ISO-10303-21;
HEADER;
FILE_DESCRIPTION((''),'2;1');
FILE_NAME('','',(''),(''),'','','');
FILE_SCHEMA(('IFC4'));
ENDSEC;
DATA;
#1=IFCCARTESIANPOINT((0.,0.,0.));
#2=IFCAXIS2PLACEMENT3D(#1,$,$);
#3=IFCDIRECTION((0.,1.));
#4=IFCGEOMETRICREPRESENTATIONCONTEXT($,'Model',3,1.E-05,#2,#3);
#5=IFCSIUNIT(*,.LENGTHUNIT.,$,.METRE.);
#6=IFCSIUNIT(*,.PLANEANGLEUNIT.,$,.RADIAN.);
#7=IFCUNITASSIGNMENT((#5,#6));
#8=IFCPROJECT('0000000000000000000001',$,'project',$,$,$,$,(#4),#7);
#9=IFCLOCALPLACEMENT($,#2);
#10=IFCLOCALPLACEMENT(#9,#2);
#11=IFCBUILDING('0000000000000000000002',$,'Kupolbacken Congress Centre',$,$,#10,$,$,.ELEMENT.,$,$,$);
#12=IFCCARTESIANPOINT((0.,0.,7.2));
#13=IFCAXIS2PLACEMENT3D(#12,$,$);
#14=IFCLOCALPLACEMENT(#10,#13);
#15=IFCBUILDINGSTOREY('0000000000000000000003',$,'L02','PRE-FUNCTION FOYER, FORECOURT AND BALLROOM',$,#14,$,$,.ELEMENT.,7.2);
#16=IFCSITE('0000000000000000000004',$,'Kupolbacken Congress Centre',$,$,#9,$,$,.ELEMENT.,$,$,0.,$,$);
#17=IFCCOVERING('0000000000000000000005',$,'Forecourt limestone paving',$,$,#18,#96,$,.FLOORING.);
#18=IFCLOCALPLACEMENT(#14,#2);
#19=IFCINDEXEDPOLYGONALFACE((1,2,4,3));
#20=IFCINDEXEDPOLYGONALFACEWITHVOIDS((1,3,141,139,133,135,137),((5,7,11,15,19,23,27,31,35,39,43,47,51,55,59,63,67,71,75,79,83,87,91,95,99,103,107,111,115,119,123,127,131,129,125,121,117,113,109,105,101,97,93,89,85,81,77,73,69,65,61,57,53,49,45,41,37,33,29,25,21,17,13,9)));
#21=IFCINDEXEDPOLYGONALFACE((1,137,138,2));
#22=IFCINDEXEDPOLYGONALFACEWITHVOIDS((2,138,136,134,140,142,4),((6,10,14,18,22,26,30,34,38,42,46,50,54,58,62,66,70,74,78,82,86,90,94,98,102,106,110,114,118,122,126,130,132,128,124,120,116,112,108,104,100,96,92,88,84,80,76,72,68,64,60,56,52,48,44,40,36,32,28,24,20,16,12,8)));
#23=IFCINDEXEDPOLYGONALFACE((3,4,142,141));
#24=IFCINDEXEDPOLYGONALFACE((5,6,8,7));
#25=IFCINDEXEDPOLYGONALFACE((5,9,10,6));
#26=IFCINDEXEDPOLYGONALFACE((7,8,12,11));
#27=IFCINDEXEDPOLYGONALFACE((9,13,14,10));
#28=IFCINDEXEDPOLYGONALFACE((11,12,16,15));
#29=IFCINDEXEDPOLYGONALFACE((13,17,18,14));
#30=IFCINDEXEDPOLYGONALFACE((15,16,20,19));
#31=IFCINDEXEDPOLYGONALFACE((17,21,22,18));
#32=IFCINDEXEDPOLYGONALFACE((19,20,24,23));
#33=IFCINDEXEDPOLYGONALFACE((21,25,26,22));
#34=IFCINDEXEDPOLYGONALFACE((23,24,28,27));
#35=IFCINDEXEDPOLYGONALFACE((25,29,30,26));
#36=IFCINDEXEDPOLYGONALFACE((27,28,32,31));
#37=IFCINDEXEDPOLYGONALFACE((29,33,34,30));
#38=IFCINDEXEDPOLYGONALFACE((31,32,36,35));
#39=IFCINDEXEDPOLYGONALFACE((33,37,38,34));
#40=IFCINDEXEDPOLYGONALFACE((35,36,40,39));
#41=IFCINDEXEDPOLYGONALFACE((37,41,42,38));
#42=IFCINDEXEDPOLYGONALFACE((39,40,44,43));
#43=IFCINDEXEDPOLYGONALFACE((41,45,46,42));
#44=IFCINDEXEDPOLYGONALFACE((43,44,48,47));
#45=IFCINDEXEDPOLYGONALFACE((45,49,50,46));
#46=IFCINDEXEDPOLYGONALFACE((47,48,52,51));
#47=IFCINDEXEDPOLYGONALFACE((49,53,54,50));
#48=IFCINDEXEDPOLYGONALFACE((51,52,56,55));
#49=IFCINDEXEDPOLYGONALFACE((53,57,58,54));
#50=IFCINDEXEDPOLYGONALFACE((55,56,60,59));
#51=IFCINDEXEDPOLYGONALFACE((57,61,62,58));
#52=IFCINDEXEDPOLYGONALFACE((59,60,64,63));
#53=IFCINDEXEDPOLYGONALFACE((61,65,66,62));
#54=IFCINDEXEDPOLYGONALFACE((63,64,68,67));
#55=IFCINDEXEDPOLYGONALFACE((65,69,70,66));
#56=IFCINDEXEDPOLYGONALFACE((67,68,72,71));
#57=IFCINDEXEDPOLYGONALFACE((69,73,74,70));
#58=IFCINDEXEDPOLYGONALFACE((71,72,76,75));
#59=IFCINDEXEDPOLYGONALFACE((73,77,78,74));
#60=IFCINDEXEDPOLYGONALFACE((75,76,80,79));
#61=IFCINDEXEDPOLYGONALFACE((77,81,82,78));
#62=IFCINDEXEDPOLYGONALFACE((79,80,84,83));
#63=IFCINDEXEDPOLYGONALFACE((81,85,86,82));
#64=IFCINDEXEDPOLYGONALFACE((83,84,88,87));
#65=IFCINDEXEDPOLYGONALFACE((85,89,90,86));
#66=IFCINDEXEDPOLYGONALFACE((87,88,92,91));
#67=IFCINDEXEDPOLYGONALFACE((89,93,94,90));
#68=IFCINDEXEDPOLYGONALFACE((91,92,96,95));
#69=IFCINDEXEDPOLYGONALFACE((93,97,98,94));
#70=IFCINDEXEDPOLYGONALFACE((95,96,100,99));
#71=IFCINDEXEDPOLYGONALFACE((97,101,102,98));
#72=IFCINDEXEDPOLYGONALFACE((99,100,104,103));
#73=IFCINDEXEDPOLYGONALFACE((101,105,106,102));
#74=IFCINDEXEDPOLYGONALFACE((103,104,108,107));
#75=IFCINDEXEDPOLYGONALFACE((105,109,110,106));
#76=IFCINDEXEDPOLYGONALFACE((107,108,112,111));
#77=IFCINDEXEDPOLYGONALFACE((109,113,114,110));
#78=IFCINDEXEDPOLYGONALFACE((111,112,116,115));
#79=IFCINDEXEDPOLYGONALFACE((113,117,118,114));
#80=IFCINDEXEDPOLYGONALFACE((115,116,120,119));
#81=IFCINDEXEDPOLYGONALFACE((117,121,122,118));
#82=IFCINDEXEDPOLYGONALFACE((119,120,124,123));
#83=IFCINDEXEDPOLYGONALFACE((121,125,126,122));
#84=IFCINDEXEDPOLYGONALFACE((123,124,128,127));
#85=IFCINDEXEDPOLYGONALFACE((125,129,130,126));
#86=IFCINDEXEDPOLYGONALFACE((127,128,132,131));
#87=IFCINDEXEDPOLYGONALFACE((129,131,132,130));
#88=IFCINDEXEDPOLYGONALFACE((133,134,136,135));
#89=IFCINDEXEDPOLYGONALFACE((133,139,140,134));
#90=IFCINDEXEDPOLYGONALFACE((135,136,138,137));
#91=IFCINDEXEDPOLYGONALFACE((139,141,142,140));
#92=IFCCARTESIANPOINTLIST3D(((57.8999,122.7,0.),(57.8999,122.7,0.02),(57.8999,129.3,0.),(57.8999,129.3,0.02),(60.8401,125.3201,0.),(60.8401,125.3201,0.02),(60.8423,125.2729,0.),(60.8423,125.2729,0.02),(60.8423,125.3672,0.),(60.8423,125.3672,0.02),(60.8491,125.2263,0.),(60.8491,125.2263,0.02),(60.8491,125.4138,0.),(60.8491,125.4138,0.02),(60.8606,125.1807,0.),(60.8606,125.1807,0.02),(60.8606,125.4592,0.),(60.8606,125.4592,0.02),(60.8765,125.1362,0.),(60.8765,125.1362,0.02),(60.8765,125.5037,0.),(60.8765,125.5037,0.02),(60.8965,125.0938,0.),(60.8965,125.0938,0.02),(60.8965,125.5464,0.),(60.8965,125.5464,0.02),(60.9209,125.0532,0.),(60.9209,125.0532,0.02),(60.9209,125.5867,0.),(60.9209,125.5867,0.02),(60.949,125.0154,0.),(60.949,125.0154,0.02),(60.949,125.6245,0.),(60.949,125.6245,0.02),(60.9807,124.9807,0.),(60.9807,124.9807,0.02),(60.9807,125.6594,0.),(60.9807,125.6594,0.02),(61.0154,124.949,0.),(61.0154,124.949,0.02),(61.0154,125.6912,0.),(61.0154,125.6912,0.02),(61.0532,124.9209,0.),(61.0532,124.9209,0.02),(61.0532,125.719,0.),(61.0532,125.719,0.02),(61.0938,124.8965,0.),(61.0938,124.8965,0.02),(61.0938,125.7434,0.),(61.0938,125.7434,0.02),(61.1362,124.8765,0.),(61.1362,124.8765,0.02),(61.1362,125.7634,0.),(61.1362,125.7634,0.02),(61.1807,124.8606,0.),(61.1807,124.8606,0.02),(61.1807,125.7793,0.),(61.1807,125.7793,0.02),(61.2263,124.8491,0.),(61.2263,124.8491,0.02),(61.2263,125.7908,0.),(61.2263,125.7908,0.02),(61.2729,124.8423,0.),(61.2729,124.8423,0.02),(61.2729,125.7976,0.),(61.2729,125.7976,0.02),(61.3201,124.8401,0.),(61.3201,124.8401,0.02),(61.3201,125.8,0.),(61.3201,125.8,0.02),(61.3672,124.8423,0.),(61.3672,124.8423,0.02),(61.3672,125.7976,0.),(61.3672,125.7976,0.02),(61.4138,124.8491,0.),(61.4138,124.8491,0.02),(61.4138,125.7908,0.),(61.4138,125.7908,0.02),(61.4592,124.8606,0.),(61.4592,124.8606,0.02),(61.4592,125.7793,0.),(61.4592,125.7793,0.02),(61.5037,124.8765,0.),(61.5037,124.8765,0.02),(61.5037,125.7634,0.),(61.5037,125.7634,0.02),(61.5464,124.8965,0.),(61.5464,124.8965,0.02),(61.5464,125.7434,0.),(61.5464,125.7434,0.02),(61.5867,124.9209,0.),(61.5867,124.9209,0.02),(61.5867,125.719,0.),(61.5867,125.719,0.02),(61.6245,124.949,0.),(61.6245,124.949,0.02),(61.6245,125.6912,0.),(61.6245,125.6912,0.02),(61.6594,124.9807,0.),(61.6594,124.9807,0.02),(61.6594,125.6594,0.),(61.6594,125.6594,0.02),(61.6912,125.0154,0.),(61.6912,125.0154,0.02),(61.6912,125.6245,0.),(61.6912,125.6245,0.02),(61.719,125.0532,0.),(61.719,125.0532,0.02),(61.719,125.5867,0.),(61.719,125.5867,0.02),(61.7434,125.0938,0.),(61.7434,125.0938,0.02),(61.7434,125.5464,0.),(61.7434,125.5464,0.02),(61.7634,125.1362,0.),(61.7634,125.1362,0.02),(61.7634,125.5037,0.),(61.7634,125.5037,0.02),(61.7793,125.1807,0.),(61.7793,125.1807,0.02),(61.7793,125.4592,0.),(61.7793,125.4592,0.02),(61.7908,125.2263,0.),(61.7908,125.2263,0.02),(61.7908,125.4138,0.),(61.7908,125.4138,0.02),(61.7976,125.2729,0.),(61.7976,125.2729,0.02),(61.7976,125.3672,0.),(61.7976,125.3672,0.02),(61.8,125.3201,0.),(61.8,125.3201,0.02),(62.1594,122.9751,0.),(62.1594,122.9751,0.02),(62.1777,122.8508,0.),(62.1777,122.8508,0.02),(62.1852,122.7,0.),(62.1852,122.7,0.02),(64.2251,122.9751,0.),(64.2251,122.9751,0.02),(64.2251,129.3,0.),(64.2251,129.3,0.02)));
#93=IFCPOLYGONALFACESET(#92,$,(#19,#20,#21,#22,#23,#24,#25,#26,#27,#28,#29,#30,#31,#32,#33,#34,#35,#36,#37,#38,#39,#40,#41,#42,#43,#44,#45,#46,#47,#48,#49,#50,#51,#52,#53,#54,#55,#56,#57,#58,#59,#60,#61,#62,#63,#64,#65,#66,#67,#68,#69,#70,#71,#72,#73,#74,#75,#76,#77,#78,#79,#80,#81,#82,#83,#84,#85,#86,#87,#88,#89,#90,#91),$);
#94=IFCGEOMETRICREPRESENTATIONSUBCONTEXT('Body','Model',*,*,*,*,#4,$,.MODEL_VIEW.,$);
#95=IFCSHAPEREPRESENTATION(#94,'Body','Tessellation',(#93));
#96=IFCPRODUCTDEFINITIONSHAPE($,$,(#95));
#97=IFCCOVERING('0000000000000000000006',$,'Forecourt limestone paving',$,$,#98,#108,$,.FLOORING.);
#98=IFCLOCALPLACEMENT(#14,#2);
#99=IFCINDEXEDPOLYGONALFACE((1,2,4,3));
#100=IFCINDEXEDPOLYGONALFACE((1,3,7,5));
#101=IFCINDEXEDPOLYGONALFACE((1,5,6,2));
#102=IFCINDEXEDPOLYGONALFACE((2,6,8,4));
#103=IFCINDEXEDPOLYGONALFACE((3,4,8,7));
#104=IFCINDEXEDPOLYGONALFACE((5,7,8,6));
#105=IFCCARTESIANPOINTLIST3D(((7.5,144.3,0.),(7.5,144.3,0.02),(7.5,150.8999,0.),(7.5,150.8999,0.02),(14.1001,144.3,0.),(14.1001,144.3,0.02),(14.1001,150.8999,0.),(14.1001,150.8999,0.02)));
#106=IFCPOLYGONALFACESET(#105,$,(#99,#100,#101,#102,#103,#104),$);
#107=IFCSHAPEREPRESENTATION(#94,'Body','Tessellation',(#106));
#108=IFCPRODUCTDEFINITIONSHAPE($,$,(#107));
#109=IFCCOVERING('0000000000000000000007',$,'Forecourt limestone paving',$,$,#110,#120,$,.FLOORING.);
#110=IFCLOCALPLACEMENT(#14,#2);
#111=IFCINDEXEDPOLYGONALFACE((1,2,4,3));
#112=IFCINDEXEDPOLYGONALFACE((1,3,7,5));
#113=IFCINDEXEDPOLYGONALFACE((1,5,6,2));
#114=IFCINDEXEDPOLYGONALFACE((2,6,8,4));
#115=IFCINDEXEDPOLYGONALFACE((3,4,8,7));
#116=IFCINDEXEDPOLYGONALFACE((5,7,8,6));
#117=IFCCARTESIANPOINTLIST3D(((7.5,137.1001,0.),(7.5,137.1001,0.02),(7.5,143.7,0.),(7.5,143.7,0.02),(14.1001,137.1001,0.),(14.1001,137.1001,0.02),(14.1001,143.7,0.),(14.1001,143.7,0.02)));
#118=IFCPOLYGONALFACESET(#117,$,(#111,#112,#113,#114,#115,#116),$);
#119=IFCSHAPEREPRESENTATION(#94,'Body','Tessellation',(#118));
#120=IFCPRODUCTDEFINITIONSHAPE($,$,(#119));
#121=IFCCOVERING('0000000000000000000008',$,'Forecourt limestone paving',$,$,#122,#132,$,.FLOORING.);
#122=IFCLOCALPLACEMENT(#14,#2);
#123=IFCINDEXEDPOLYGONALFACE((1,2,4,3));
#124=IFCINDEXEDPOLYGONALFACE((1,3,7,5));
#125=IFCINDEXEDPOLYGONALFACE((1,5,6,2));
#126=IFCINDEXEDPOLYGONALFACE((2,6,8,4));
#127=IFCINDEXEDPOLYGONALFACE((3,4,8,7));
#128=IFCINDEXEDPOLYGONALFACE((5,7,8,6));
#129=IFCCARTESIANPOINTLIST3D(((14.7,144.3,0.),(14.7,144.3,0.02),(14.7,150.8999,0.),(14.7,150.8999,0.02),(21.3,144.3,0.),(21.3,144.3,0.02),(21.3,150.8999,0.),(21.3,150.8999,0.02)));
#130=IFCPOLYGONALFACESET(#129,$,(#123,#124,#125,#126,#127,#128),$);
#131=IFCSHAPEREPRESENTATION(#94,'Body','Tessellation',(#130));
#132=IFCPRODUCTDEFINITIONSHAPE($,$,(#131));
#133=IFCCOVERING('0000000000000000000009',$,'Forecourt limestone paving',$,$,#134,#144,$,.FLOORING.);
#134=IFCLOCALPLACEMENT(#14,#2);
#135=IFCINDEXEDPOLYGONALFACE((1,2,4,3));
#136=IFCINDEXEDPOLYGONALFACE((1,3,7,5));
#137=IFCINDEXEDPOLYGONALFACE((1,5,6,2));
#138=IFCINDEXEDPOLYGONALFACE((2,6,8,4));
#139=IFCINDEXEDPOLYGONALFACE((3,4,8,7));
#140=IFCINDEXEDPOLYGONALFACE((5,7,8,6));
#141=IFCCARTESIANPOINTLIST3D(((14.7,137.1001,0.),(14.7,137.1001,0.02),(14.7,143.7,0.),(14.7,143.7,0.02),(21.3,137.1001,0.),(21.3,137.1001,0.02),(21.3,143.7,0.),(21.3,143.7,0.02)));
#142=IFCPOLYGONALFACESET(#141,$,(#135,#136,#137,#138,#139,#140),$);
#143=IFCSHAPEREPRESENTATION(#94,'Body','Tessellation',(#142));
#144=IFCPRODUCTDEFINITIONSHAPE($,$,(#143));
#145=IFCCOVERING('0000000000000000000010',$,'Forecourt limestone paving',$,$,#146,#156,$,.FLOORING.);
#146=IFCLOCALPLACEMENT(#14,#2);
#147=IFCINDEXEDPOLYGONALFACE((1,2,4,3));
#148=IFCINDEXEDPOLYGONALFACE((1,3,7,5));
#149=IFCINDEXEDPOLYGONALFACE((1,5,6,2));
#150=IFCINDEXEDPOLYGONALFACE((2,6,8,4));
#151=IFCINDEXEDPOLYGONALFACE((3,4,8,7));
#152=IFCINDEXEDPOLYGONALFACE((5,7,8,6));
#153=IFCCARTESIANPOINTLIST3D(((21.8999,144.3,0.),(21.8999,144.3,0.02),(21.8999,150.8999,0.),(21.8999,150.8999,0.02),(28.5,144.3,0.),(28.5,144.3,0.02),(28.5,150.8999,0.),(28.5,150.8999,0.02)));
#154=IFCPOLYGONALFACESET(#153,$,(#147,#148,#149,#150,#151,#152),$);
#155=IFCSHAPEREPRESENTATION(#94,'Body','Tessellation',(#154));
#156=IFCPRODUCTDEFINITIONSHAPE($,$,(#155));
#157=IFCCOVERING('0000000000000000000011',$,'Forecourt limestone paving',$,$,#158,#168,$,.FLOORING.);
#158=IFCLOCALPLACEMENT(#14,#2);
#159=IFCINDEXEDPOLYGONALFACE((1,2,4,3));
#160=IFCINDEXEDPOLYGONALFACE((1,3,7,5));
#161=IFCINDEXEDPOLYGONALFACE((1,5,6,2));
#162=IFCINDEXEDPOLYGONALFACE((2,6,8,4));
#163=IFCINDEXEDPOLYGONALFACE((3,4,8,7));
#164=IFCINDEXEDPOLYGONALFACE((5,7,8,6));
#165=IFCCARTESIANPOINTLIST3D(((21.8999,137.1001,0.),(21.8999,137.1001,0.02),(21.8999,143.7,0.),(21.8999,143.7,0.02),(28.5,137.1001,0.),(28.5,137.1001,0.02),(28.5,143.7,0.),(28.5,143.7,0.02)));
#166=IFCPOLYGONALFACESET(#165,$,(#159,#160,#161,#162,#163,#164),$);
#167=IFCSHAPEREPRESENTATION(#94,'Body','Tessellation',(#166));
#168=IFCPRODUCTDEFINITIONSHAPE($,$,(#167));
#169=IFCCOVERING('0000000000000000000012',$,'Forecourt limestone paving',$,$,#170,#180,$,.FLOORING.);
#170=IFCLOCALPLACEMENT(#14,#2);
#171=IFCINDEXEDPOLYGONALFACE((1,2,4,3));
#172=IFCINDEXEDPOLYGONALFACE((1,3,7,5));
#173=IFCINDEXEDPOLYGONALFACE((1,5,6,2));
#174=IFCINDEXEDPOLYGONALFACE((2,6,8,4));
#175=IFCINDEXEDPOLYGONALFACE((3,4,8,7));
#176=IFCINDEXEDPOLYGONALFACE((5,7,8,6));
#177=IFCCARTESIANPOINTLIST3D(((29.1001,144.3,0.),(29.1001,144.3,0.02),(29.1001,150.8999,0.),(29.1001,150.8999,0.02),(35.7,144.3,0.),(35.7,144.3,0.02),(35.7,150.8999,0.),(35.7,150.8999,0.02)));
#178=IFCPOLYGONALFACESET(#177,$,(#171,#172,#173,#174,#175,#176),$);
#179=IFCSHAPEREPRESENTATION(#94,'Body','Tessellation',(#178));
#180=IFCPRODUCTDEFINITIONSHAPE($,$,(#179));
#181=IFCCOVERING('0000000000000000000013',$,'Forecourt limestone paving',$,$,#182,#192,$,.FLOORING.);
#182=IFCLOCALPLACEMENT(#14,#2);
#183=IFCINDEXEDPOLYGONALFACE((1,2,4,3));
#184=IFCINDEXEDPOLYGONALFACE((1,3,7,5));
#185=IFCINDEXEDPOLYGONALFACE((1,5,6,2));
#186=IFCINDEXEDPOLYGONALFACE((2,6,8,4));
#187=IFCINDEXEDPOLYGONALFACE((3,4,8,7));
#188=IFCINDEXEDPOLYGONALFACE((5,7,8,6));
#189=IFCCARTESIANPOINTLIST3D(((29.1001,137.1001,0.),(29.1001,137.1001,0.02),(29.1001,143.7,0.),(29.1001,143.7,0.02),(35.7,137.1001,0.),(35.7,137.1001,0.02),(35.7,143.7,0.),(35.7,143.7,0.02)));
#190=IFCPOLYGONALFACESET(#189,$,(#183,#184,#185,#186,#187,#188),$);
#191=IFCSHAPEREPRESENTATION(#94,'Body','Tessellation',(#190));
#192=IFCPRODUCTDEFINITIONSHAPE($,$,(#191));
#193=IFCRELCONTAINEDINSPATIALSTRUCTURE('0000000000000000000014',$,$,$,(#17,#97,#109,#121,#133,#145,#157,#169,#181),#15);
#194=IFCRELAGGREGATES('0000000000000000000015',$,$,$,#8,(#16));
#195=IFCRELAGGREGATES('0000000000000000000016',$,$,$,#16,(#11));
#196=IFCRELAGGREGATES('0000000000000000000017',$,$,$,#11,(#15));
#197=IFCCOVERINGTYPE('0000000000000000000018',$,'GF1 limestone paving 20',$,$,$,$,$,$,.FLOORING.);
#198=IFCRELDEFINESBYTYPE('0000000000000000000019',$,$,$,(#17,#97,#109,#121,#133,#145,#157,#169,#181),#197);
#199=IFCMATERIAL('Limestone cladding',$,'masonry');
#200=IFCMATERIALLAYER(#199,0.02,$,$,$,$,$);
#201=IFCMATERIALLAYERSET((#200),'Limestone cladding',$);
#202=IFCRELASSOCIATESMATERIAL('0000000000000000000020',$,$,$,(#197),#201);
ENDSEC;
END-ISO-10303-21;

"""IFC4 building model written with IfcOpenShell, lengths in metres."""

from ifc_helpers import new_model, si_unit, direction, frame, origin, place, context, subcontext, project, spatial, polyline, outline, extrude, material, layer, layer_set, type_object, element, save


model = new_model("IFC4")

# Units and contexts
model_context = context("Model", 3, precision=1e-05, world=origin(), true_north=direction((0.0, 1.0)))
body_context = subcontext(model_context, "Body", "Model", "MODEL_VIEW")
ifc_project = project(units=[si_unit("LENGTHUNIT", "METRE"), si_unit("PLANEANGLEUNIT", "RADIAN")], contexts=[model_context])

# Site, building, storey
site_placement = place(None, origin())
site = spatial("IfcSite", under=ifc_project, at=site_placement, Name="Kupolbacken Congress Centre", CompositionType="ELEMENT", RefElevation=0.0)
building_placement = place(site_placement, origin())
building = spatial("IfcBuilding", under=site, at=building_placement, Name="Kupolbacken Congress Centre", CompositionType="ELEMENT")
storey_placement = place(building_placement, frame((0.0, 0.0, 7.2)))
storey = spatial("IfcBuildingStorey", under=building, at=storey_placement, Name="L02", Description="PRE-FUNCTION FOYER, FORECOURT AND BALLROOM", CompositionType="ELEMENT", Elevation=7.2)

# Coverings
ifc_material = material(Name="Limestone cladding", Category="masonry")
ifc_layer = layer(ifc_material, 0.02)
ifc_layer_set = layer_set([ifc_layer], Name="Limestone cladding")
covering_type = type_object("IfcCoveringType", Name="GF1 limestone paving 20", PredefinedType="FLOORING", material=ifc_layer_set)
covering_1_placement = place(storey_placement, origin())
element("IfcCovering", 1, at=covering_1_placement, inside=storey, type_object=covering_type, Name="Forecourt limestone paving", PredefinedType="FLOORING", context=body_context, shape_type="SweptSolid", body=[
    extrude(outline(polyline([(64.2251, 122.9751), (62.1594, 122.9751), (62.1777, 122.8508), (62.1863, 122.677), (62.1853, 122.7), (57.8999, 122.7), (57.8999, 129.3), (64.2251, 129.3), (64.2251, 122.9751)]), holes=[polyline([(61.7908, 125.2263), (61.7976, 125.2729), (61.8, 125.3201), (61.7976, 125.3672), (61.7908, 125.4138), (61.7793, 125.4592), (61.7634, 125.5037), (61.7434, 125.5464), (61.719, 125.5867), (61.6912, 125.6245), (61.6594, 125.6594), (61.6245, 125.6912), (61.5867, 125.719), (61.5464, 125.7434), (61.5037, 125.7634), (61.4592, 125.7793), (61.4138, 125.7908), (61.3672, 125.7976), (61.3201, 125.8), (61.2729, 125.7976), (61.2263, 125.7908), (61.1807, 125.7793), (61.1362, 125.7634), (61.0938, 125.7434), (61.0532, 125.719), (61.0154, 125.6912), (60.9807, 125.6594), (60.949, 125.6245), (60.9209, 125.5867), (60.8965, 125.5464), (60.8765, 125.5037), (60.8606, 125.4592), (60.8491, 125.4138), (60.8423, 125.3672), (60.8401, 125.3201), (60.8423, 125.2729), (60.8491, 125.2263), (60.8606, 125.1807), (60.8765, 125.1362), (60.8965, 125.0938), (60.9209, 125.0532), (60.949, 125.0154), (60.9807, 124.9807), (61.0154, 124.949), (61.0532, 124.9209), (61.0938, 124.8965), (61.1362, 124.8765), (61.1807, 124.8606), (61.2263, 124.8491), (61.2729, 124.8423), (61.3201, 124.8401), (61.3672, 124.8423), (61.4138, 124.8491), (61.4592, 124.8606), (61.5037, 124.8765), (61.5464, 124.8965), (61.5867, 124.9209), (61.6245, 124.949), (61.6594, 124.9807), (61.6912, 125.0154), (61.719, 125.0532), (61.7434, 125.0938), (61.7634, 125.1362), (61.7793, 125.1807), (61.7908, 125.2263)])]), origin(), (0.0, 0.0, 1.0), 0.02),
])
covering_2_placement = place(storey_placement, origin())
element("IfcCovering", 2, at=covering_2_placement, inside=storey, type_object=covering_type, Name="Forecourt limestone paving", PredefinedType="FLOORING", context=body_context, shape_type="SweptSolid", body=[
    extrude(outline(polyline([(7.5, 144.3), (7.5, 150.8999), (14.1001, 150.8999), (14.1001, 144.3), (7.5, 144.3)])), origin(), (0.0, 0.0, 1.0), 0.02),
])
covering_3_placement = place(storey_placement, origin())
element("IfcCovering", 3, at=covering_3_placement, inside=storey, type_object=covering_type, Name="Forecourt limestone paving", PredefinedType="FLOORING", context=body_context, shape_type="SweptSolid", body=[
    extrude(outline(polyline([(7.5, 137.1001), (7.5, 143.7), (14.1001, 143.7), (14.1001, 137.1001), (7.5, 137.1001)])), origin(), (0.0, 0.0, 1.0), 0.02),
])
covering_4_placement = place(storey_placement, origin())
element("IfcCovering", 4, at=covering_4_placement, inside=storey, type_object=covering_type, Name="Forecourt limestone paving", PredefinedType="FLOORING", context=body_context, shape_type="SweptSolid", body=[
    extrude(outline(polyline([(14.7, 144.3), (14.7, 150.8999), (21.3, 150.8999), (21.3, 144.3), (14.7, 144.3)])), origin(), (0.0, 0.0, 1.0), 0.02),
])
covering_5_placement = place(storey_placement, origin())
element("IfcCovering", 5, at=covering_5_placement, inside=storey, type_object=covering_type, Name="Forecourt limestone paving", PredefinedType="FLOORING", context=body_context, shape_type="SweptSolid", body=[
    extrude(outline(polyline([(14.7, 137.1001), (14.7, 143.7), (21.3, 143.7), (21.3, 137.1001), (14.7, 137.1001)])), origin(), (0.0, 0.0, 1.0), 0.02),
])
covering_6_placement = place(storey_placement, origin())
element("IfcCovering", 6, at=covering_6_placement, inside=storey, type_object=covering_type, Name="Forecourt limestone paving", PredefinedType="FLOORING", context=body_context, shape_type="SweptSolid", body=[
    extrude(outline(polyline([(21.8999, 144.3), (21.8999, 150.8999), (28.5, 150.8999), (28.5, 144.3), (21.8999, 144.3)])), origin(), (0.0, 0.0, 1.0), 0.02),
])
covering_7_placement = place(storey_placement, origin())
element("IfcCovering", 7, at=covering_7_placement, inside=storey, type_object=covering_type, Name="Forecourt limestone paving", PredefinedType="FLOORING", context=body_context, shape_type="SweptSolid", body=[
    extrude(outline(polyline([(21.8999, 137.1001), (21.8999, 143.7), (28.5, 143.7), (28.5, 137.1001), (21.8999, 137.1001)])), origin(), (0.0, 0.0, 1.0), 0.02),
])
covering_8_placement = place(storey_placement, origin())
element("IfcCovering", 8, at=covering_8_placement, inside=storey, type_object=covering_type, Name="Forecourt limestone paving", PredefinedType="FLOORING", context=body_context, shape_type="SweptSolid", body=[
    extrude(outline(polyline([(29.1001, 144.3), (29.1001, 150.8999), (35.7, 150.8999), (35.7, 144.3), (29.1001, 144.3)])), origin(), (0.0, 0.0, 1.0), 0.02),
])
covering_9_placement = place(storey_placement, origin())
element("IfcCovering", 9, at=covering_9_placement, inside=storey, type_object=covering_type, Name="Forecourt limestone paving", PredefinedType="FLOORING", context=body_context, shape_type="SweptSolid", body=[
    extrude(outline(polyline([(29.1001, 137.1001), (29.1001, 143.7), (35.7, 143.7), (35.7, 137.1001), (29.1001, 137.1001)])), origin(), (0.0, 0.0, 1.0), 0.02),
])

save(model, "model.ifc")
